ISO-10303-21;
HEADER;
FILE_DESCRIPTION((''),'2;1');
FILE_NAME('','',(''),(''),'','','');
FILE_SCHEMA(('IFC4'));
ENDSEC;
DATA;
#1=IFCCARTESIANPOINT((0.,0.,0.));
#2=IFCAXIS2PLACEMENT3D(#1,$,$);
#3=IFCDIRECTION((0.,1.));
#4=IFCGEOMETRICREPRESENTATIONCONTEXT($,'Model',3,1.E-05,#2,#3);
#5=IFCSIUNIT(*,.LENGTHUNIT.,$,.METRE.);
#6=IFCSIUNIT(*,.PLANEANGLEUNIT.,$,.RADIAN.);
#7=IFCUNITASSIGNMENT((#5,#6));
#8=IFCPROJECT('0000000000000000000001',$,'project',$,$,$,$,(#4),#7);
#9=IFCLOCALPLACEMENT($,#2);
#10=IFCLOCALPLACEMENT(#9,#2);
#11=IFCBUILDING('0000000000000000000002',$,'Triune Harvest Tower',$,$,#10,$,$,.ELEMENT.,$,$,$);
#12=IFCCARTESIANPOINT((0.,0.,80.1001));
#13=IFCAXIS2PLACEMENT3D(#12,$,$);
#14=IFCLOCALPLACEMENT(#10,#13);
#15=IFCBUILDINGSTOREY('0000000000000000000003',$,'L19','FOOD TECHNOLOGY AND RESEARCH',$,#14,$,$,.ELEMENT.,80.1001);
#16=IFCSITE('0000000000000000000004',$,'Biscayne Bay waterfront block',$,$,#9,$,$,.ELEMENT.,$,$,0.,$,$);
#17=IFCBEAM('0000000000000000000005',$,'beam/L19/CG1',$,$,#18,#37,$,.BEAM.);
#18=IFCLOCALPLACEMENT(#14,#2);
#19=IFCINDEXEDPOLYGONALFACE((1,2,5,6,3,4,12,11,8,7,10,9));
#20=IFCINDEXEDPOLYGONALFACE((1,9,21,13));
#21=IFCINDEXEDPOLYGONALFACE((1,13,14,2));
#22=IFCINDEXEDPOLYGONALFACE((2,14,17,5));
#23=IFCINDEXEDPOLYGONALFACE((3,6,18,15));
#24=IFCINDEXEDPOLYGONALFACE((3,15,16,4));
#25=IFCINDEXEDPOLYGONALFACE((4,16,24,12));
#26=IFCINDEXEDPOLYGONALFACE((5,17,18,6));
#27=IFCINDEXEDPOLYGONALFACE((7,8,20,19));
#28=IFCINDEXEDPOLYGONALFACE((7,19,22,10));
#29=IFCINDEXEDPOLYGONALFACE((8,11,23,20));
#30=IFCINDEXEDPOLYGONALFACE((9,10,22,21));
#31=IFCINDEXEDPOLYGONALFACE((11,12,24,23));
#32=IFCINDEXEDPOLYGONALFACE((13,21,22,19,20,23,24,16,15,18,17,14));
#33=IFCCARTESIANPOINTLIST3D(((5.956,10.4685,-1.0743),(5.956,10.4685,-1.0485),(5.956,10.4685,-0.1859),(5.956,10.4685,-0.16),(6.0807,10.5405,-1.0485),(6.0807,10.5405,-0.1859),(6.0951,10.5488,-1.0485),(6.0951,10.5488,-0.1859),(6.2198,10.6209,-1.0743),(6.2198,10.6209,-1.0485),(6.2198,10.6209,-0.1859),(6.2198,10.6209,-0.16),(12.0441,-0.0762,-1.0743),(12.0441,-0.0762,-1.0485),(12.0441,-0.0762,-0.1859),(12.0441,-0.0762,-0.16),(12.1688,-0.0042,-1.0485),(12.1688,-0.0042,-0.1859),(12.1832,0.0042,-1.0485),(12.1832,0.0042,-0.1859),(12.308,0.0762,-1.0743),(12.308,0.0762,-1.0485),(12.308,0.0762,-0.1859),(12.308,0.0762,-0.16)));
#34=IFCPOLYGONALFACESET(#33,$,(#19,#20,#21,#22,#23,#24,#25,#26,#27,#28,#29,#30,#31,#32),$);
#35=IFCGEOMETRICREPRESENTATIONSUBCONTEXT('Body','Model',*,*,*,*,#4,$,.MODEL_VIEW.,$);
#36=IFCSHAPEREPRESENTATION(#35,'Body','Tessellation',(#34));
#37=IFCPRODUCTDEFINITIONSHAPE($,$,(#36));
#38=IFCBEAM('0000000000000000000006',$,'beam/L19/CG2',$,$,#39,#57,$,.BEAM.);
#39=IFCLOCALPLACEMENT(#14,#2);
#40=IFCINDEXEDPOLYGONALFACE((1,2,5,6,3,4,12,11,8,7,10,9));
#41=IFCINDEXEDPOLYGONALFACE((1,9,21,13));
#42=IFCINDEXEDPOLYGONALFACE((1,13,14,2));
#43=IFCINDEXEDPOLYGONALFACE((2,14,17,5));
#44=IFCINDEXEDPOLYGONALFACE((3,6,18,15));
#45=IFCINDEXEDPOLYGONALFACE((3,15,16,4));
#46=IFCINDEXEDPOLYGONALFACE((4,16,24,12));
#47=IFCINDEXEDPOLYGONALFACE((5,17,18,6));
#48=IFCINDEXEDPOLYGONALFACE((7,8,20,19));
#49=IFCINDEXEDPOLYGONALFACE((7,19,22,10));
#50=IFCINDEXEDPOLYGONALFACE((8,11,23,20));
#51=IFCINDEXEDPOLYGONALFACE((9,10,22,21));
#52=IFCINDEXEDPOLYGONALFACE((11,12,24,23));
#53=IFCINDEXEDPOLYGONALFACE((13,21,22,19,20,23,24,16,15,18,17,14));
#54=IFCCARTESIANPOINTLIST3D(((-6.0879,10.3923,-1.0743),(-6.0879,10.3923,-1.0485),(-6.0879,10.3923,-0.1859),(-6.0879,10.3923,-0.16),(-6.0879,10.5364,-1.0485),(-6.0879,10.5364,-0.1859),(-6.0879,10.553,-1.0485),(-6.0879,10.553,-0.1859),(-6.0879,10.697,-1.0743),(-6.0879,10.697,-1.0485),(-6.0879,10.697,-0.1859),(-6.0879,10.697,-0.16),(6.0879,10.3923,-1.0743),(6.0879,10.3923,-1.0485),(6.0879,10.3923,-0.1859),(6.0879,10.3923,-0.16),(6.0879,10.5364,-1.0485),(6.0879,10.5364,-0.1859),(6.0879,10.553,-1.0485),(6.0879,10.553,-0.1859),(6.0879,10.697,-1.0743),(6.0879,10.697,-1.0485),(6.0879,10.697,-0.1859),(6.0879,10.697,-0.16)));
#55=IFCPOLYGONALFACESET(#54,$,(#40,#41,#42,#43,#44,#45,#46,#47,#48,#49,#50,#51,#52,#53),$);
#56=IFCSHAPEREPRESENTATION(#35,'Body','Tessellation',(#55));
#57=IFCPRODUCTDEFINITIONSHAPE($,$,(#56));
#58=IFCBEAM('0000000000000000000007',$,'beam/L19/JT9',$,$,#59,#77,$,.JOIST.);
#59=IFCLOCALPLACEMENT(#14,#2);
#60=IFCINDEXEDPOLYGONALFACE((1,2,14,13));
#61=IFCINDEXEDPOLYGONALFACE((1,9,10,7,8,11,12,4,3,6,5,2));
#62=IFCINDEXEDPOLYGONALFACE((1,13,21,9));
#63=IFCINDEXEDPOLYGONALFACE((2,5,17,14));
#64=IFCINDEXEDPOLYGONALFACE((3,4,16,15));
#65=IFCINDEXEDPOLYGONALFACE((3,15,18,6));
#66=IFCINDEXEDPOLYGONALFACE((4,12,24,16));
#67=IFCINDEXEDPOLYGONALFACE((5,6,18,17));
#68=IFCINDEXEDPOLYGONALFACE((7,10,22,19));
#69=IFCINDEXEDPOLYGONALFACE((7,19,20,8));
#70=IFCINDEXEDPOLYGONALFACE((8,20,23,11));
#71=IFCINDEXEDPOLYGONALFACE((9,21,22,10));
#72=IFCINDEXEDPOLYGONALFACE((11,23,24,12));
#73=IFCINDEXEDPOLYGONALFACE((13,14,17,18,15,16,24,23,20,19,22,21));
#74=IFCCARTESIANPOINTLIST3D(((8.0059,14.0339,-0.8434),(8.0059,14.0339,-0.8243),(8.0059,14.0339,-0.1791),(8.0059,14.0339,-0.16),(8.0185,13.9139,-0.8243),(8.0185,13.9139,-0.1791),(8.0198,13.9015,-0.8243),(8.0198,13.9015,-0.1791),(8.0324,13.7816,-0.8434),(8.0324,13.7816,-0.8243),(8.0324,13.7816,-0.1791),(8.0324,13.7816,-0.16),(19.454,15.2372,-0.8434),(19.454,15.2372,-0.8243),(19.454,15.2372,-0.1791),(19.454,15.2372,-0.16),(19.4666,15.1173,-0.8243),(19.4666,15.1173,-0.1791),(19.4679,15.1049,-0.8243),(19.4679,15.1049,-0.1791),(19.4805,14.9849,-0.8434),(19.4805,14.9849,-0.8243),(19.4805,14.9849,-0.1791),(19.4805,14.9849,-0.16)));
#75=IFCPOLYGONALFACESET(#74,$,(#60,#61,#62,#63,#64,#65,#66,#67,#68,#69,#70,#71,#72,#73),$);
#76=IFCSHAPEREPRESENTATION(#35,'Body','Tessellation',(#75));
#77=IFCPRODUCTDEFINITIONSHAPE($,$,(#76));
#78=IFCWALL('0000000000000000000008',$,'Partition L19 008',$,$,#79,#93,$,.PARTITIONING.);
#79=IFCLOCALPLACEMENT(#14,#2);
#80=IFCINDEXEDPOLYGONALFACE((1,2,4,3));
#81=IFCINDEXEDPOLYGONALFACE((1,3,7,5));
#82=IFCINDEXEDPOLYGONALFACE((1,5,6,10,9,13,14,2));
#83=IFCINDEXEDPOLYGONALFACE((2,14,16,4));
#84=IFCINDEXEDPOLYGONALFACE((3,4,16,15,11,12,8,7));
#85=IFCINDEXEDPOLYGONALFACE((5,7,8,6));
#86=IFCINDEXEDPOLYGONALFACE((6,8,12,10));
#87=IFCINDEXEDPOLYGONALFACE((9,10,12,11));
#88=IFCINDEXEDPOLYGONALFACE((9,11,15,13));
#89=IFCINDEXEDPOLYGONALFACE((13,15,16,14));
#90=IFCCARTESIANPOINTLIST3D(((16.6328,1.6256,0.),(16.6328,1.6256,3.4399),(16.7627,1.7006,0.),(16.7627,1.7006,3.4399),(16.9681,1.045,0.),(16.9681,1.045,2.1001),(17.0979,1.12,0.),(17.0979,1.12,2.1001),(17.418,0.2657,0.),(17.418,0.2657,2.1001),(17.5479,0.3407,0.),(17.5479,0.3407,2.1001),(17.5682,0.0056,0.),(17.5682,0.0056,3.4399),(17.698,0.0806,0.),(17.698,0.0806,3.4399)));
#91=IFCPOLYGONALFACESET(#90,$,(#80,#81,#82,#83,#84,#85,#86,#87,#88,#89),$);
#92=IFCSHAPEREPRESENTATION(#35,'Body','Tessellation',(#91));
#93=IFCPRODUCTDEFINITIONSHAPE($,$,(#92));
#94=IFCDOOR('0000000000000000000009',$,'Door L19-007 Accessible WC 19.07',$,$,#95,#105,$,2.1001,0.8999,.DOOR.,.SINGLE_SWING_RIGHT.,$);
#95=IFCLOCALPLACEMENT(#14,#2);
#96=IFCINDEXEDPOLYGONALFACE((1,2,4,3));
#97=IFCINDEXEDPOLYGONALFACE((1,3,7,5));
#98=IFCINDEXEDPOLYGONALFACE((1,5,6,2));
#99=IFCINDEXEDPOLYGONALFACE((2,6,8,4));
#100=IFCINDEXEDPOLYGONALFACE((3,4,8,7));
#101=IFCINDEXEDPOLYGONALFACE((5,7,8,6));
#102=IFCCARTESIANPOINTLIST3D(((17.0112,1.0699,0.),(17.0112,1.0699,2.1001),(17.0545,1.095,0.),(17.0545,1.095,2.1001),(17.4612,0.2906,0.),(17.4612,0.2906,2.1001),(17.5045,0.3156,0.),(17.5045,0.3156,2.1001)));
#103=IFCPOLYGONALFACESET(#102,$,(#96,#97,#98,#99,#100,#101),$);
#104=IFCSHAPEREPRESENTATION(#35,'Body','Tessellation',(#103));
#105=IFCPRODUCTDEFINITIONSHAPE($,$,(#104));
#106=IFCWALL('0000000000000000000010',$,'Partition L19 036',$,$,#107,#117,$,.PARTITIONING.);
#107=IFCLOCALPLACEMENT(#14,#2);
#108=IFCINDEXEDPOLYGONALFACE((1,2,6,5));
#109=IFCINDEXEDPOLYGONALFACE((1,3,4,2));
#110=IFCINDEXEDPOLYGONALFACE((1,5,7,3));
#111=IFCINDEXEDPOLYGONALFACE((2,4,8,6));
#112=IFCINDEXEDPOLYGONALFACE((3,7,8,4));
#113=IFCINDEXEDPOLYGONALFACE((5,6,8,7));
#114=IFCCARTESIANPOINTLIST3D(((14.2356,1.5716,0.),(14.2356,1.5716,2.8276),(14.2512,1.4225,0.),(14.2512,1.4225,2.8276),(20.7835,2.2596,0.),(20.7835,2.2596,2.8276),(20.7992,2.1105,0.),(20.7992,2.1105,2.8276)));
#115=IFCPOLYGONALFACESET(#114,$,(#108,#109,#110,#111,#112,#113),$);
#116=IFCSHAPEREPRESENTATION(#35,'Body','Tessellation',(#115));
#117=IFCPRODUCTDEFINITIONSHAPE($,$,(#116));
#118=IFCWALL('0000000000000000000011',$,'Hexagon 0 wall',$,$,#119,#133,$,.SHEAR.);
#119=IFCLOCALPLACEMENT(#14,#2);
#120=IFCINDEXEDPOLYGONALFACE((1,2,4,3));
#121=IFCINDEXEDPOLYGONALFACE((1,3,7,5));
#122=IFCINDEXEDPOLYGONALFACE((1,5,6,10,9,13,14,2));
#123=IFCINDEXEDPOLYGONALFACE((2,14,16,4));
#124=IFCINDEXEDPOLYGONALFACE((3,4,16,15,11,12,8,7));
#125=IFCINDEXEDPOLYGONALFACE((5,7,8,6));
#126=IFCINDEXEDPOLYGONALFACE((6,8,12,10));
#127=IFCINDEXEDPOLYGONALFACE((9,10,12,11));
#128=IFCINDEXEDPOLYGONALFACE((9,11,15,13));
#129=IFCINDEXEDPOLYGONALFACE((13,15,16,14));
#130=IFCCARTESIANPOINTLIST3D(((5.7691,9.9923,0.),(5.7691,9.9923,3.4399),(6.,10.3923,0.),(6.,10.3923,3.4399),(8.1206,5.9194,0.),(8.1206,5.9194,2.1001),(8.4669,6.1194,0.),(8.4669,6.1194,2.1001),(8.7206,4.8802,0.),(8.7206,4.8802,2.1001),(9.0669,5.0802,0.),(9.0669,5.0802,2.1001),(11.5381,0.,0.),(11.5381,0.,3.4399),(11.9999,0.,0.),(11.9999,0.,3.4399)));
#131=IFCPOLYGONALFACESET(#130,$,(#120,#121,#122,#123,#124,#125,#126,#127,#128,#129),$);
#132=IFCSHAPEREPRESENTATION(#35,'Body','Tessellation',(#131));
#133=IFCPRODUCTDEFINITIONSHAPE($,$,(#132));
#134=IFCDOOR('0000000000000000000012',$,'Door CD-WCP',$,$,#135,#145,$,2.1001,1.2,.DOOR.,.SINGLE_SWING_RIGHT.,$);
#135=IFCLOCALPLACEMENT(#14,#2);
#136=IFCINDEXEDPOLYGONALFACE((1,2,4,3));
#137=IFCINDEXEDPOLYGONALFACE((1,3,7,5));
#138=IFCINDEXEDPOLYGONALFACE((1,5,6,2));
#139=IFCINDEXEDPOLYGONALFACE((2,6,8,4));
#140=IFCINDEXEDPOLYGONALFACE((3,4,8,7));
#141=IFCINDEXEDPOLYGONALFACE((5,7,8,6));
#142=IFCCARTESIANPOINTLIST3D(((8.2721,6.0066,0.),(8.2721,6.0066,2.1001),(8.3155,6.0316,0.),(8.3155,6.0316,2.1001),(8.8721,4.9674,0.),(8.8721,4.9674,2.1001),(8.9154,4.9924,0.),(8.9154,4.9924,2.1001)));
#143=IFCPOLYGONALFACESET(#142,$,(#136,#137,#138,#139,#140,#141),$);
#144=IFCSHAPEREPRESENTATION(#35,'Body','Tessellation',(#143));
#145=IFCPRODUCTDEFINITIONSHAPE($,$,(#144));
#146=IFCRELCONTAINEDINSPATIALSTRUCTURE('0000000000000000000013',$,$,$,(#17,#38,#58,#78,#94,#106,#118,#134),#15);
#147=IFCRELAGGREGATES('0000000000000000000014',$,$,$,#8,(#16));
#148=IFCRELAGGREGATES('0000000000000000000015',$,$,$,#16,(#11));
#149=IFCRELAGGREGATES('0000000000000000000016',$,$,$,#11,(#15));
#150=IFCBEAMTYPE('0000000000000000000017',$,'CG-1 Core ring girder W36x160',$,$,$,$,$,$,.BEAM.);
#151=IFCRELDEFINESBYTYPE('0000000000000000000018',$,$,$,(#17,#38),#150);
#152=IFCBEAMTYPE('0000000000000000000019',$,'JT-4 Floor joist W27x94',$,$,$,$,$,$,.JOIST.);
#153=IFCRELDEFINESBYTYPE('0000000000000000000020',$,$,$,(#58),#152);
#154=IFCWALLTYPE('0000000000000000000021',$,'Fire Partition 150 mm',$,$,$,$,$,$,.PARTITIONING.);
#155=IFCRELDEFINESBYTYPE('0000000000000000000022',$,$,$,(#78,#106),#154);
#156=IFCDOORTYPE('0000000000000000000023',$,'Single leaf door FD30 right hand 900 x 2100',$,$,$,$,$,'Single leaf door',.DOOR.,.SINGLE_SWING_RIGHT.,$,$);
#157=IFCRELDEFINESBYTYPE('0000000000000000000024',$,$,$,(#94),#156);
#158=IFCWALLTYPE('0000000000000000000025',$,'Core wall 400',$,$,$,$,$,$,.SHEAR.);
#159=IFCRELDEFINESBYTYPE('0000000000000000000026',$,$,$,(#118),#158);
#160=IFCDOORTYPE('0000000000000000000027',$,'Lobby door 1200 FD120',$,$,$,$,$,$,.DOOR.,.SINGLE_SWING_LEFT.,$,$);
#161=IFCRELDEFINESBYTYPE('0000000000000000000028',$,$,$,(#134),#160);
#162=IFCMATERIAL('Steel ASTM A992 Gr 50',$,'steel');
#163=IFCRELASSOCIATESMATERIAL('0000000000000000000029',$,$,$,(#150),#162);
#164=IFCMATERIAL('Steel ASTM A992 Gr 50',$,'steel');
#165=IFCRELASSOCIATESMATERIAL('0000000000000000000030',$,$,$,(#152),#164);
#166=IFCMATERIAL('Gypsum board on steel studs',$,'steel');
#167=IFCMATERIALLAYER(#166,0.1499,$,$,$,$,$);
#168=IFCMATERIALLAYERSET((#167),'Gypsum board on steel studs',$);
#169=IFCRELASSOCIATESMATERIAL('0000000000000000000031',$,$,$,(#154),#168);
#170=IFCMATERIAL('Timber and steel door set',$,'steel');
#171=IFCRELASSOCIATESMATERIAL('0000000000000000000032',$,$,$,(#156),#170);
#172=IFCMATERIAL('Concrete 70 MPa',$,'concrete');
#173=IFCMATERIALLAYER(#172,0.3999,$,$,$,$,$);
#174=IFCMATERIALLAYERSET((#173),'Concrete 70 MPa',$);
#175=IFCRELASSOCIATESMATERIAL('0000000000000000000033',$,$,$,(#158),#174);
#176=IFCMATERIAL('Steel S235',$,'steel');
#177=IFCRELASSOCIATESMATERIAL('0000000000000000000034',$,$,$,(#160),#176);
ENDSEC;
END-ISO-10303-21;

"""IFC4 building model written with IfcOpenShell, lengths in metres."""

from ifc_helpers import new_model, si_unit, direction, frame, frame_2d, origin, origin_2d, place, context, subcontext, project, spatial, polyline, rectangle, i_section, outline, extrude, source, transform, mapped, material, layer, layer_set, material_profile, profile_set, type_object, element, fill, save


model = new_model("IFC4")

# Units and contexts
model_context = context("Model", 3, precision=1e-05, world=origin(), true_north=direction((0.0, 1.0)))
body_context = subcontext(model_context, "Body", "Model", "MODEL_VIEW")
ifc_project = project(units=[si_unit("LENGTHUNIT", "METRE"), si_unit("PLANEANGLEUNIT", "RADIAN")], contexts=[model_context])

# Site, building, storey
site_placement = place(None, origin())
site = spatial("IfcSite", under=ifc_project, at=site_placement, Name="Biscayne Bay waterfront block", CompositionType="ELEMENT", RefElevation=0.0)
building_placement = place(site_placement, origin())
building = spatial("IfcBuilding", under=site, at=building_placement, Name="Triune Harvest Tower", CompositionType="ELEMENT")
storey_placement = place(building_placement, frame((0.0, 0.0, 80.1001)))
storey = spatial("IfcBuildingStorey", under=building, at=storey_placement, Name="L19", Description="FOOD TECHNOLOGY AND RESEARCH", CompositionType="ELEMENT", Elevation=80.1001)

# Beams
ifc_material_1 = material(Name="Steel ASTM A992 Gr 50", Category="steel")
ifc_material_profile_1 = material_profile(ifc_material_1, i_section(OverallWidth=0.3047, OverallDepth=0.9143, WebThickness=0.0166, FlangeThickness=0.0259, at=origin_2d()), Name="W36x160")
ifc_profile_set_1 = profile_set([ifc_material_profile_1], Name="Steel ASTM A992 Gr 50")
beam_type_1 = type_object("IfcBeamType", Name="CG-1 Core ring girder W36x160", PredefinedType="BEAM", material=ifc_profile_set_1)
shared_shape_1 = source(origin(), body_context, "Body", "SweptSolid", [
    extrude(i_section(OverallWidth=0.3047, OverallDepth=0.9143, WebThickness=0.0166, FlangeThickness=0.0259, at=origin_2d()), origin(), (0.0, 0.0, 1.0), 12.176),
])
beam_1_placement = place(storey_placement, frame((12.176, 0.0, -0.6172), z_axis=(-0.50001, 0.86602, 0.0), x_axis=(-0.86602, -0.50001, 0.0)))
element("IfcBeam", 1, at=beam_1_placement, inside=storey, type_object=beam_type_1, Name="beam/L19/CG1", PredefinedType="BEAM", context=body_context, shape_type="MappedRepresentation", body=[
    mapped(shared_shape_1, transform((0.0, 0.0, 0.0), scale=1.0)),
])
shared_shape_2 = source(origin(), body_context, "Body", "SweptSolid", [
    extrude(i_section(OverallWidth=0.3047, OverallDepth=0.9143, WebThickness=0.0166, FlangeThickness=0.0259, at=origin_2d()), origin(), (0.0, 0.0, 1.0), 12.1758),
])
beam_2_placement = place(storey_placement, frame((6.0879, 10.5447, -0.6172), z_axis=(-1.0, 0.0, 0.0), x_axis=(0.0, -1.0, 0.0)))
element("IfcBeam", 2, at=beam_2_placement, inside=storey, type_object=beam_type_1, Name="beam/L19/CG2", PredefinedType="BEAM", context=body_context, shape_type="MappedRepresentation", body=[
    mapped(shared_shape_2, transform((0.0, 0.0, 0.0), scale=1.0)),
])
ifc_material_2 = material(Name="Steel ASTM A992 Gr 50", Category="steel")
ifc_material_profile_2 = material_profile(ifc_material_2, i_section(OverallWidth=0.2537, OverallDepth=0.6833, WebThickness=0.0125, FlangeThickness=0.019, at=origin_2d()), Name="W27x94")
ifc_profile_set_2 = profile_set([ifc_material_profile_2], Name="Steel ASTM A992 Gr 50")
beam_type_2 = type_object("IfcBeamType", Name="JT-4 Floor joist W27x94", PredefinedType="JOIST", material=ifc_profile_set_2)
shared_shape_3 = source(origin(), body_context, "Body", "SweptSolid", [
    extrude(i_section(OverallWidth=0.2537, OverallDepth=0.6833, WebThickness=0.0125, FlangeThickness=0.019, at=origin_2d()), origin(), (0.0, 0.0, 1.0), 11.5112),
])
beam_3_placement = place(storey_placement, frame((19.4673, 15.1111, -0.5017), z_axis=(-0.994521, -0.104538, 0.0), x_axis=(0.104538, -0.994521, 0.0)))
element("IfcBeam", 3, at=beam_3_placement, inside=storey, type_object=beam_type_2, Name="beam/L19/JT9", PredefinedType="JOIST", context=body_context, shape_type="MappedRepresentation", body=[
    mapped(shared_shape_3, transform((0.0, 0.0, 0.0), scale=1.0)),
])

# Wall, opening, door
ifc_material_3 = material(Name="Gypsum board on steel studs", Category="steel")
ifc_layer_1 = layer(ifc_material_3, 0.1499)
ifc_layer_set_1 = layer_set([ifc_layer_1], Name="Gypsum board on steel studs")
wall_type_1 = type_object("IfcWallType", Name="Fire Partition 150 mm", PredefinedType="PARTITIONING", material=ifc_layer_set_1)
wall_1_placement = place(storey_placement, frame((16.6978, 1.6631, 0.0), z_axis=(0.0, 0.0, 1.0), x_axis=(0.500028, -0.86601, 0.0)))
wall_1 = element("IfcWall", 4, at=wall_1_placement, inside=storey, type_object=wall_type_1, Name="Partition L19 008", PredefinedType="PARTITIONING", context=body_context, shape_type="SweptSolid", body=[
    extrude(rectangle(XDim=1.8706, YDim=0.1499, at=frame_2d((0.9353, 0.0))), origin(), (0.0, 0.0, 1.0), 3.4399),
])
opening_1_placement = place(wall_1_placement, frame((0.6704, 0.0, 0.0)))
opening_1 = element("IfcOpeningElement", 5, at=opening_1_placement, cuts=wall_1, PredefinedType="OPENING", context=body_context, shape_type="SweptSolid", body=[
    extrude(rectangle(XDim=0.8999, YDim=2.1001, at=frame_2d((0.45, 1.05))), frame((0.0, 0.085, 0.0), z_axis=(0.0, -1.0, 0.0), x_axis=(1.0, 0.0, 0.0)), (0.0, 0.0, 1.0), 0.1699),
])
ifc_material_4 = material(Name="Timber and steel door set", Category="steel")
door_type_1 = type_object("IfcDoorType", Name="Single leaf door FD30 right hand 900 x 2100", ElementType="Single leaf door", OperationType="SINGLE_SWING_RIGHT", PredefinedType="DOOR", material=ifc_material_4)
door_1_placement = place(opening_1_placement, origin())
door_1 = element("IfcDoor", 6, at=door_1_placement, inside=storey, type_object=door_type_1, Name="Door L19-007 Accessible WC 19.07", OperationType="SINGLE_SWING_RIGHT", OverallHeight=2.1001, OverallWidth=0.8999, PredefinedType="DOOR", context=body_context, shape_type="SweptSolid", body=[
    extrude(rectangle(XDim=0.8999, YDim=2.1001, at=frame_2d((0.45, 1.05))), frame((0.0, 0.0249, 0.0), z_axis=(0.0, -1.0, 0.0), x_axis=(1.0, 0.0, 0.0)), (0.0, 0.0, 1.0), 0.05),
])
fill(opening_1, door_1)

# Wall
wall_2_placement = place(storey_placement, frame((14.2434, 1.4971, 0.0), z_axis=(0.0, 0.0, 1.0), x_axis=(0.994525, 0.104496, 0.0)))
element("IfcWall", 7, at=wall_2_placement, inside=storey, type_object=wall_type_1, Name="Partition L19 036", PredefinedType="PARTITIONING", context=body_context, shape_type="SweptSolid", body=[
    extrude(rectangle(XDim=6.584, YDim=0.1499, at=frame_2d((3.292, 0.0))), origin(), (0.0, 0.0, 1.0), 2.8276),
])

# Wall, opening, door
ifc_material_5 = material(Name="Concrete 70 MPa", Category="concrete")
ifc_layer_2 = layer(ifc_material_5, 0.3999)
ifc_layer_set_2 = layer_set([ifc_layer_2], Name="Concrete 70 MPa")
wall_type_2 = type_object("IfcWallType", Name="Core wall 400", PredefinedType="SHEAR", material=ifc_layer_set_2)
shared_shape_4 = source(origin(), body_context, "Body", "SweptSolid", [
    extrude(outline(polyline([(-0.1155, -0.2), (11.8845, -0.2), (11.6536, 0.2), (0.1155, 0.2), (-0.1155, -0.2)])), origin(), (0.0, 0.0, 1.0), 3.4399),
])
wall_3_placement = place(storey_placement, frame((11.769, 0.0, 0.0), z_axis=(0.0, 0.0, 1.0), x_axis=(-0.499997, 0.866027, 0.0)))
wall_3 = element("IfcWall", 8, at=wall_3_placement, inside=storey, type_object=wall_type_2, Name="Hexagon 0 wall", PredefinedType="SHEAR", context=body_context, shape_type="MappedRepresentation", body=[
    mapped(shared_shape_4, transform((0.0, 0.0, 0.0), scale=1.0)),
])
opening_2_placement = place(wall_3_placement, frame((5.7505, 0.0, 0.0)))
opening_2 = element("IfcOpeningElement", 9, at=opening_2_placement, cuts=wall_3, PredefinedType="OPENING", context=body_context, shape_type="SweptSolid", body=[
    extrude(rectangle(XDim=1.2, YDim=2.1001, at=frame_2d((0.6001, 1.05))), frame((0.0, 0.21, 0.0), z_axis=(0.0, -1.0, 0.0), x_axis=(1.0, 0.0, 0.0)), (0.0, 0.0, 1.0), 0.4199),
])
ifc_material_6 = material(Name="Steel S235", Category="steel")
door_type_2 = type_object("IfcDoorType", Name="Lobby door 1200 FD120", OperationType="SINGLE_SWING_LEFT", PredefinedType="DOOR", material=ifc_material_6)
door_2_placement = place(opening_2_placement, frame((1.2, 0.0, 0.0), z_axis=(0.0, 0.0, 1.0), x_axis=(-1.0, 0.0, 0.0)))
door_2 = element("IfcDoor", 10, at=door_2_placement, inside=storey, type_object=door_type_2, Name="Door CD-WCP", OperationType="SINGLE_SWING_RIGHT", OverallHeight=2.1001, OverallWidth=1.2, PredefinedType="DOOR", context=body_context, shape_type="SweptSolid", body=[
    extrude(rectangle(XDim=1.2, YDim=2.1001, at=frame_2d((0.6001, 1.05))), frame((0.0, 0.0249, 0.0), z_axis=(0.0, -1.0, 0.0), x_axis=(1.0, 0.0, 0.0)), (0.0, 0.0, 1.0), 0.05),
])
fill(opening_2, door_2)

save(model, "model.ifc")
